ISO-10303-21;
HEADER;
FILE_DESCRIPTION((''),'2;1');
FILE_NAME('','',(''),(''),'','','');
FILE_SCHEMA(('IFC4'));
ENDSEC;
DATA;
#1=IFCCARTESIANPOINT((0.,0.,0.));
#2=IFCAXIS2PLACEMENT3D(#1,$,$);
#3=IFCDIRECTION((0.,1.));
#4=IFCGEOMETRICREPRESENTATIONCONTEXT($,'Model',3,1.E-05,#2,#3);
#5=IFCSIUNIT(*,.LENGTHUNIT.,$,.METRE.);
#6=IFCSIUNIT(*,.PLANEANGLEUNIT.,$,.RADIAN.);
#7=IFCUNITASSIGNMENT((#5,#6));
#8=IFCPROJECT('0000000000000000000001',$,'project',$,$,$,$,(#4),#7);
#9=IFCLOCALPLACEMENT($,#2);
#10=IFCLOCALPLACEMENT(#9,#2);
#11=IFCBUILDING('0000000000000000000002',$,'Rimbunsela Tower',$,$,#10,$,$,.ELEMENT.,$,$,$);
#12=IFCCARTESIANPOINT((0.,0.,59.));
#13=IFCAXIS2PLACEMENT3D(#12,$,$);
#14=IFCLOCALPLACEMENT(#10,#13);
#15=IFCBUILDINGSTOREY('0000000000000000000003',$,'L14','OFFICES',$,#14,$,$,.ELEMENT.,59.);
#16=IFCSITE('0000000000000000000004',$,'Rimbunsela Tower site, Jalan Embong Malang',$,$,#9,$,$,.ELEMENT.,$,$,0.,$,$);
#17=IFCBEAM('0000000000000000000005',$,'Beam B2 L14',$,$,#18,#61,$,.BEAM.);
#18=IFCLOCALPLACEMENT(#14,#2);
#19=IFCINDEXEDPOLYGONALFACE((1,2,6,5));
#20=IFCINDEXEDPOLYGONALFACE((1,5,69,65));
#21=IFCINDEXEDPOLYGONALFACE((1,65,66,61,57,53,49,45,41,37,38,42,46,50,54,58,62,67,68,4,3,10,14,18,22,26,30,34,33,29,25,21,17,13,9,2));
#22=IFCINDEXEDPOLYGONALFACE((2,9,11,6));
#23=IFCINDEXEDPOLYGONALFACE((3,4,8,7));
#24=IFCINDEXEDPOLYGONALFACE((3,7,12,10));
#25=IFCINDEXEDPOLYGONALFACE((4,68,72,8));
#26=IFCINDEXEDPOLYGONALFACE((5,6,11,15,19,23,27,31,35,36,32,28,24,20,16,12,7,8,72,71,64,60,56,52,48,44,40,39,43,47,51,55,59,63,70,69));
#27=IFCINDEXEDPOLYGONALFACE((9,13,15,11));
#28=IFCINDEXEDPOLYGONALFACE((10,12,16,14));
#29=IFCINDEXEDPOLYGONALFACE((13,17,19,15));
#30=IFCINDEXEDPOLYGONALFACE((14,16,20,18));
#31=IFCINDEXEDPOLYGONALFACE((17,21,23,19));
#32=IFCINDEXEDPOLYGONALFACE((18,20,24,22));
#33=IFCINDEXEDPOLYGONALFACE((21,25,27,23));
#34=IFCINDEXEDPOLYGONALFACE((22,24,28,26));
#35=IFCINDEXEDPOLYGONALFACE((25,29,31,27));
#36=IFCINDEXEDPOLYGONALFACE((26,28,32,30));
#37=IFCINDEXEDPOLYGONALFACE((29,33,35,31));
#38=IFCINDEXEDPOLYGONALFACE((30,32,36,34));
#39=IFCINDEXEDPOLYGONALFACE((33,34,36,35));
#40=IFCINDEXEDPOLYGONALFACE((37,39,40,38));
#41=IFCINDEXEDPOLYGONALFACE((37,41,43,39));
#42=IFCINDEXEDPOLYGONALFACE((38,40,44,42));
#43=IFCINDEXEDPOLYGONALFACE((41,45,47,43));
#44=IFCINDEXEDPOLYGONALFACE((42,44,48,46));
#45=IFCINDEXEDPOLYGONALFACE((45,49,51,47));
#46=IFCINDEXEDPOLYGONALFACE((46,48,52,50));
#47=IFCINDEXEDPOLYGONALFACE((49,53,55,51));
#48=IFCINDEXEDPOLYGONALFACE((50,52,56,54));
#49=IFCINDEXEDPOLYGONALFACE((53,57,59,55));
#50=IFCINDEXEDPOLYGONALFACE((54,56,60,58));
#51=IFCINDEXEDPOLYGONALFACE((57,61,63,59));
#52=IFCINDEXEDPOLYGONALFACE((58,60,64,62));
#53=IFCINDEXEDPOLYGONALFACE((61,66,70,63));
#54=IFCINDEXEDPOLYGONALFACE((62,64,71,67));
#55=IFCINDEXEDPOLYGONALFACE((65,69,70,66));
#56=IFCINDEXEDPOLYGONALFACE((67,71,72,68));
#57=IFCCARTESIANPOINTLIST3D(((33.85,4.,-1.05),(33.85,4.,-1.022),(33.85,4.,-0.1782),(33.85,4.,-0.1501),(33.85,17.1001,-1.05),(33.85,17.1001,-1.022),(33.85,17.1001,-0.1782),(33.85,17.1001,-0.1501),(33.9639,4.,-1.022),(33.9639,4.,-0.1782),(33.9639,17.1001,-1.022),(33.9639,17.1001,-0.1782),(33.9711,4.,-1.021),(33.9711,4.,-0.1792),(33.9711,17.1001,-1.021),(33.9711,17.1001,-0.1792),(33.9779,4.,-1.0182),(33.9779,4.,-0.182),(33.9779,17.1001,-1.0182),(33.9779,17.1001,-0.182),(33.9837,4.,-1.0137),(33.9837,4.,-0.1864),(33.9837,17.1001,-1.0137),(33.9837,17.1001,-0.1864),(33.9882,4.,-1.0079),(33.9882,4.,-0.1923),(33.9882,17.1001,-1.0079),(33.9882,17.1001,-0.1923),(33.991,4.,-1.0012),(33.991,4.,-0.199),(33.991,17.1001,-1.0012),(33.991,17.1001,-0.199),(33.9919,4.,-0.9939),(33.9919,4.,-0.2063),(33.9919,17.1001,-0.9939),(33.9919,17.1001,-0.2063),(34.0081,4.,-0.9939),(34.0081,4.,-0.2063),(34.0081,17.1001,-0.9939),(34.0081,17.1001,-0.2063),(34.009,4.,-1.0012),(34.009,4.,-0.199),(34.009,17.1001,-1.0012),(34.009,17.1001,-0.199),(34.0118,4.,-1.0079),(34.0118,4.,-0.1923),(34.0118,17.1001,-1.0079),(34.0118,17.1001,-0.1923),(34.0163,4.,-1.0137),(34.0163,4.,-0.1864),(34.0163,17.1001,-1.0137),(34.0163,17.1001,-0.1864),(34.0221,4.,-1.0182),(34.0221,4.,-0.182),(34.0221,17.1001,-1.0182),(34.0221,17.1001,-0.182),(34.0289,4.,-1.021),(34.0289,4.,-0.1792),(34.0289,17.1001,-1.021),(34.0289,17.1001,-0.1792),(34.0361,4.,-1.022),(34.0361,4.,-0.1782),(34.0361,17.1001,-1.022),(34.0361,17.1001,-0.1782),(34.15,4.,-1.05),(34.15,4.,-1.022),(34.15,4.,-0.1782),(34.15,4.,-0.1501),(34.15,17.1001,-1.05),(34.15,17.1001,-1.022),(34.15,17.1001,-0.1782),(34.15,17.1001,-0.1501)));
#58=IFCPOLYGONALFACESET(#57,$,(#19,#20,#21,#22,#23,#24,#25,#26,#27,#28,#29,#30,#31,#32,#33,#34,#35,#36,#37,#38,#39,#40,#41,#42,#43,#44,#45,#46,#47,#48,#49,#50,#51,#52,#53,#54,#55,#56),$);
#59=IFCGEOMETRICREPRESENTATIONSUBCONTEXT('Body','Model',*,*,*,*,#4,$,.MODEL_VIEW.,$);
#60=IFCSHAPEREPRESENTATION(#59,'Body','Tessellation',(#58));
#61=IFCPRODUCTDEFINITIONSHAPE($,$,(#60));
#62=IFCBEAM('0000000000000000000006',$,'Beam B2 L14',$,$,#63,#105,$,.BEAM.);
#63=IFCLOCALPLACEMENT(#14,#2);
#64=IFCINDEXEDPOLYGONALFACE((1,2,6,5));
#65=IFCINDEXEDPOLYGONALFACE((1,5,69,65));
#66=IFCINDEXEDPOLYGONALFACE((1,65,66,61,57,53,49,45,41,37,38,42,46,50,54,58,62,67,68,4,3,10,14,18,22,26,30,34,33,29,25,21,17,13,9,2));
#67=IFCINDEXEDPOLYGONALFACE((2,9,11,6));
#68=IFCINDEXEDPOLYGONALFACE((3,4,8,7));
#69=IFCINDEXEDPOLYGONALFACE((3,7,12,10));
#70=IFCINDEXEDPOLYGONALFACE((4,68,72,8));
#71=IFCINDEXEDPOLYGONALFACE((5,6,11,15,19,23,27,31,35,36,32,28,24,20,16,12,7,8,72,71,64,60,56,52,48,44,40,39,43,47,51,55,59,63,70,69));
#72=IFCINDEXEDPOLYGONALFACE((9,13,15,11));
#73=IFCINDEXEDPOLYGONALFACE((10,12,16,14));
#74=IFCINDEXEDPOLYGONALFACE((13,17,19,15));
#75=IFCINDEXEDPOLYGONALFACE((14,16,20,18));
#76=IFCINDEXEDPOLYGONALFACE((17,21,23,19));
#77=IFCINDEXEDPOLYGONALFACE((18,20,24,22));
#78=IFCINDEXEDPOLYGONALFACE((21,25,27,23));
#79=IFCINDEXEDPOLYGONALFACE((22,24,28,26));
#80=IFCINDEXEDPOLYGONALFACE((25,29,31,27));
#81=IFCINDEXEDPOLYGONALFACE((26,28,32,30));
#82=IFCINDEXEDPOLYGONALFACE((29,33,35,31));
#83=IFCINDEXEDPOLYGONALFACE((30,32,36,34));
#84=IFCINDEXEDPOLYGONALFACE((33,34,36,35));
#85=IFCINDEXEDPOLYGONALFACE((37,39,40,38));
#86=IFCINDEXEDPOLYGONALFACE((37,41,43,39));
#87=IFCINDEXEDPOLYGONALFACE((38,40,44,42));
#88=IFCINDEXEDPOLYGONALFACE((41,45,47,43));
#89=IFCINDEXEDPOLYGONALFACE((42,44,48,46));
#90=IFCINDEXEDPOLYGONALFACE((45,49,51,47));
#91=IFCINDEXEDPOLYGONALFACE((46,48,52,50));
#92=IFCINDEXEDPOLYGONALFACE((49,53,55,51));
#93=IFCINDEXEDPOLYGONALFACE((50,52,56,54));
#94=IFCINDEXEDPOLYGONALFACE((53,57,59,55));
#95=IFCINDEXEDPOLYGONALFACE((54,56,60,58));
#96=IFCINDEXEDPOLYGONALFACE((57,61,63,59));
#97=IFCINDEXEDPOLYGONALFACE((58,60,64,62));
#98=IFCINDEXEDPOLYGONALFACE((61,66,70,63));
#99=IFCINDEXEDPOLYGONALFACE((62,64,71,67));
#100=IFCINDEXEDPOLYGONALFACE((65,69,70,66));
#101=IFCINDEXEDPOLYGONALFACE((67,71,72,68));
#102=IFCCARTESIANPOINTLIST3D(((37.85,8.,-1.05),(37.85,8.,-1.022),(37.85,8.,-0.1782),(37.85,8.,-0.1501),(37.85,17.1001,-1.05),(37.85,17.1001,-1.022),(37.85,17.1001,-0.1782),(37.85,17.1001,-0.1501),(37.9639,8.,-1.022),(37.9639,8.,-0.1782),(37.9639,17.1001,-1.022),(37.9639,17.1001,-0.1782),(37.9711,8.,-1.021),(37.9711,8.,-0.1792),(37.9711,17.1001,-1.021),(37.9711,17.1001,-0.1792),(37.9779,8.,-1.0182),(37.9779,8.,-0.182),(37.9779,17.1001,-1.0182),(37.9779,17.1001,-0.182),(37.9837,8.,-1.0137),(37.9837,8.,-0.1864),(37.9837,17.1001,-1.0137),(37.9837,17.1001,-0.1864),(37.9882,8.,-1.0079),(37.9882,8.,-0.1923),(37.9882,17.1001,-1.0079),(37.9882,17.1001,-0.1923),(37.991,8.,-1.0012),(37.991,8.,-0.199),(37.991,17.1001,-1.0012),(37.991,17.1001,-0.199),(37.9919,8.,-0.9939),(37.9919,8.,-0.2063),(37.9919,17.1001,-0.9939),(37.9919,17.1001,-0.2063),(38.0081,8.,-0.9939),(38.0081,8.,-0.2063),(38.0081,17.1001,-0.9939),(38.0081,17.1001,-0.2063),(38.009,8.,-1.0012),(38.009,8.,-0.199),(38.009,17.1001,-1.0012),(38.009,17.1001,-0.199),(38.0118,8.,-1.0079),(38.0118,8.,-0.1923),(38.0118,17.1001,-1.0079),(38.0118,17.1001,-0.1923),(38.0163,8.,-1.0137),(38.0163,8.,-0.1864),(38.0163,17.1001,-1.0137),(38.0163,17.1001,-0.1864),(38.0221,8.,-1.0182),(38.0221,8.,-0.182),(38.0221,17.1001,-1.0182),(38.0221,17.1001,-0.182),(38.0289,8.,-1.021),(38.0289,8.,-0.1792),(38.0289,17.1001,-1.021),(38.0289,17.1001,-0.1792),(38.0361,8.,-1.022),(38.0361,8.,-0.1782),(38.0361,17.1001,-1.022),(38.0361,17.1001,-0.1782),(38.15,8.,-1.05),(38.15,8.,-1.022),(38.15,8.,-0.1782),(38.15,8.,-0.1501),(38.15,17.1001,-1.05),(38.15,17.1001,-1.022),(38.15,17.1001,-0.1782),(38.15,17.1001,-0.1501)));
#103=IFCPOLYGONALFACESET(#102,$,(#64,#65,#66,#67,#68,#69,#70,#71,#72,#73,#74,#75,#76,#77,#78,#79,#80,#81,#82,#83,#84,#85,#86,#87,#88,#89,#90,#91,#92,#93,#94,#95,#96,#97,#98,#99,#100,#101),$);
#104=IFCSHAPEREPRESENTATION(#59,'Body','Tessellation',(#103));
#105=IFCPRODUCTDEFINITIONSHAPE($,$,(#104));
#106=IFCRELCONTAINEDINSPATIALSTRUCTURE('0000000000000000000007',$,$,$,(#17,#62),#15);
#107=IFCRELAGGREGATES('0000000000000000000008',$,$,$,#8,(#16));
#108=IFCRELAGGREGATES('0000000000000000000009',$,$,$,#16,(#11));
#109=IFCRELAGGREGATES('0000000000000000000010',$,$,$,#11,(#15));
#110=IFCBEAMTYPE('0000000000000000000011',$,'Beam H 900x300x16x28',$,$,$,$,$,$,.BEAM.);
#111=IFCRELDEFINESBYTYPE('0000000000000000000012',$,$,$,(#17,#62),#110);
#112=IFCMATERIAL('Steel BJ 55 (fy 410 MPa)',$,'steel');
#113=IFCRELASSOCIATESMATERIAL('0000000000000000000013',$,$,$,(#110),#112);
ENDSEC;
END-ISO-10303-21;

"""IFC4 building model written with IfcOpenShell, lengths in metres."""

from ifc_helpers import new_model, si_unit, direction, frame, origin, origin_2d, place, context, subcontext, project, spatial, i_section, extrude, material, material_profile, profile_set, type_object, element, save


model = new_model("IFC4")

# Units and contexts
model_context = context("Model", 3, precision=1e-05, world=origin(), true_north=direction((0.0, 1.0)))
body_context = subcontext(model_context, "Body", "Model", "MODEL_VIEW")
ifc_project = project(units=[si_unit("LENGTHUNIT", "METRE"), si_unit("PLANEANGLEUNIT", "RADIAN")], contexts=[model_context])

# Site, building, storey
site_placement = place(None, origin())
site = spatial("IfcSite", under=ifc_project, at=site_placement, Name="Rimbunsela Tower site, Jalan Embong Malang", CompositionType="ELEMENT", RefElevation=0.0)
building_placement = place(site_placement, origin())
building = spatial("IfcBuilding", under=site, at=building_placement, Name="Rimbunsela Tower", CompositionType="ELEMENT")
storey_placement = place(building_placement, frame((0.0, 0.0, 59.0)))
storey = spatial("IfcBuildingStorey", under=building, at=storey_placement, Name="L14", Description="OFFICES", CompositionType="ELEMENT", Elevation=59.0)

# Beams
ifc_material_1 = material(Name="Steel BJ 55 (fy 410 MPa)", Category="steel")
ifc_material_profile_1 = material_profile(ifc_material_1, i_section(OverallWidth=0.3, OverallDepth=0.8999, WebThickness=0.0161, FlangeThickness=0.0281, FilletRadius=0.0281, at=origin_2d()), Name="H 900x300x16x28")
ifc_profile_set_1 = profile_set([ifc_material_profile_1], Name="Steel BJ 55 (fy 410 MPa)")
beam_type = type_object("IfcBeamType", Name="Beam H 900x300x16x28", PredefinedType="BEAM", material=ifc_profile_set_1)
beam_1_placement = place(storey_placement, frame((34.0, 4.0, -0.6001), z_axis=(0.0, 1.0, 0.0), x_axis=(-1.0, 0.0, 0.0)))
element("IfcBeam", 1, at=beam_1_placement, inside=storey, type_object=beam_type, Name="Beam B2 L14", PredefinedType="BEAM", context=body_context, shape_type="SweptSolid", body=[
    extrude(i_section(OverallWidth=0.3, OverallDepth=0.8999, WebThickness=0.0161, FlangeThickness=0.0281, FilletRadius=0.0281, at=origin_2d()), origin(), (0.0, 0.0, 1.0), 13.1001),
])
beam_2_placement = place(storey_placement, frame((38.0, 8.0, -0.6001), z_axis=(0.0, 1.0, 0.0), x_axis=(-1.0, 0.0, 0.0)))
element("IfcBeam", 2, at=beam_2_placement, inside=storey, type_object=beam_type, Name="Beam B2 L14", PredefinedType="BEAM", context=body_context, shape_type="SweptSolid", body=[
    extrude(i_section(OverallWidth=0.3, OverallDepth=0.8999, WebThickness=0.0161, FlangeThickness=0.0281, FilletRadius=0.0281, at=origin_2d()), origin(), (0.0, 0.0, 1.0), 9.1001),
])

save(model, "model.ifc")
